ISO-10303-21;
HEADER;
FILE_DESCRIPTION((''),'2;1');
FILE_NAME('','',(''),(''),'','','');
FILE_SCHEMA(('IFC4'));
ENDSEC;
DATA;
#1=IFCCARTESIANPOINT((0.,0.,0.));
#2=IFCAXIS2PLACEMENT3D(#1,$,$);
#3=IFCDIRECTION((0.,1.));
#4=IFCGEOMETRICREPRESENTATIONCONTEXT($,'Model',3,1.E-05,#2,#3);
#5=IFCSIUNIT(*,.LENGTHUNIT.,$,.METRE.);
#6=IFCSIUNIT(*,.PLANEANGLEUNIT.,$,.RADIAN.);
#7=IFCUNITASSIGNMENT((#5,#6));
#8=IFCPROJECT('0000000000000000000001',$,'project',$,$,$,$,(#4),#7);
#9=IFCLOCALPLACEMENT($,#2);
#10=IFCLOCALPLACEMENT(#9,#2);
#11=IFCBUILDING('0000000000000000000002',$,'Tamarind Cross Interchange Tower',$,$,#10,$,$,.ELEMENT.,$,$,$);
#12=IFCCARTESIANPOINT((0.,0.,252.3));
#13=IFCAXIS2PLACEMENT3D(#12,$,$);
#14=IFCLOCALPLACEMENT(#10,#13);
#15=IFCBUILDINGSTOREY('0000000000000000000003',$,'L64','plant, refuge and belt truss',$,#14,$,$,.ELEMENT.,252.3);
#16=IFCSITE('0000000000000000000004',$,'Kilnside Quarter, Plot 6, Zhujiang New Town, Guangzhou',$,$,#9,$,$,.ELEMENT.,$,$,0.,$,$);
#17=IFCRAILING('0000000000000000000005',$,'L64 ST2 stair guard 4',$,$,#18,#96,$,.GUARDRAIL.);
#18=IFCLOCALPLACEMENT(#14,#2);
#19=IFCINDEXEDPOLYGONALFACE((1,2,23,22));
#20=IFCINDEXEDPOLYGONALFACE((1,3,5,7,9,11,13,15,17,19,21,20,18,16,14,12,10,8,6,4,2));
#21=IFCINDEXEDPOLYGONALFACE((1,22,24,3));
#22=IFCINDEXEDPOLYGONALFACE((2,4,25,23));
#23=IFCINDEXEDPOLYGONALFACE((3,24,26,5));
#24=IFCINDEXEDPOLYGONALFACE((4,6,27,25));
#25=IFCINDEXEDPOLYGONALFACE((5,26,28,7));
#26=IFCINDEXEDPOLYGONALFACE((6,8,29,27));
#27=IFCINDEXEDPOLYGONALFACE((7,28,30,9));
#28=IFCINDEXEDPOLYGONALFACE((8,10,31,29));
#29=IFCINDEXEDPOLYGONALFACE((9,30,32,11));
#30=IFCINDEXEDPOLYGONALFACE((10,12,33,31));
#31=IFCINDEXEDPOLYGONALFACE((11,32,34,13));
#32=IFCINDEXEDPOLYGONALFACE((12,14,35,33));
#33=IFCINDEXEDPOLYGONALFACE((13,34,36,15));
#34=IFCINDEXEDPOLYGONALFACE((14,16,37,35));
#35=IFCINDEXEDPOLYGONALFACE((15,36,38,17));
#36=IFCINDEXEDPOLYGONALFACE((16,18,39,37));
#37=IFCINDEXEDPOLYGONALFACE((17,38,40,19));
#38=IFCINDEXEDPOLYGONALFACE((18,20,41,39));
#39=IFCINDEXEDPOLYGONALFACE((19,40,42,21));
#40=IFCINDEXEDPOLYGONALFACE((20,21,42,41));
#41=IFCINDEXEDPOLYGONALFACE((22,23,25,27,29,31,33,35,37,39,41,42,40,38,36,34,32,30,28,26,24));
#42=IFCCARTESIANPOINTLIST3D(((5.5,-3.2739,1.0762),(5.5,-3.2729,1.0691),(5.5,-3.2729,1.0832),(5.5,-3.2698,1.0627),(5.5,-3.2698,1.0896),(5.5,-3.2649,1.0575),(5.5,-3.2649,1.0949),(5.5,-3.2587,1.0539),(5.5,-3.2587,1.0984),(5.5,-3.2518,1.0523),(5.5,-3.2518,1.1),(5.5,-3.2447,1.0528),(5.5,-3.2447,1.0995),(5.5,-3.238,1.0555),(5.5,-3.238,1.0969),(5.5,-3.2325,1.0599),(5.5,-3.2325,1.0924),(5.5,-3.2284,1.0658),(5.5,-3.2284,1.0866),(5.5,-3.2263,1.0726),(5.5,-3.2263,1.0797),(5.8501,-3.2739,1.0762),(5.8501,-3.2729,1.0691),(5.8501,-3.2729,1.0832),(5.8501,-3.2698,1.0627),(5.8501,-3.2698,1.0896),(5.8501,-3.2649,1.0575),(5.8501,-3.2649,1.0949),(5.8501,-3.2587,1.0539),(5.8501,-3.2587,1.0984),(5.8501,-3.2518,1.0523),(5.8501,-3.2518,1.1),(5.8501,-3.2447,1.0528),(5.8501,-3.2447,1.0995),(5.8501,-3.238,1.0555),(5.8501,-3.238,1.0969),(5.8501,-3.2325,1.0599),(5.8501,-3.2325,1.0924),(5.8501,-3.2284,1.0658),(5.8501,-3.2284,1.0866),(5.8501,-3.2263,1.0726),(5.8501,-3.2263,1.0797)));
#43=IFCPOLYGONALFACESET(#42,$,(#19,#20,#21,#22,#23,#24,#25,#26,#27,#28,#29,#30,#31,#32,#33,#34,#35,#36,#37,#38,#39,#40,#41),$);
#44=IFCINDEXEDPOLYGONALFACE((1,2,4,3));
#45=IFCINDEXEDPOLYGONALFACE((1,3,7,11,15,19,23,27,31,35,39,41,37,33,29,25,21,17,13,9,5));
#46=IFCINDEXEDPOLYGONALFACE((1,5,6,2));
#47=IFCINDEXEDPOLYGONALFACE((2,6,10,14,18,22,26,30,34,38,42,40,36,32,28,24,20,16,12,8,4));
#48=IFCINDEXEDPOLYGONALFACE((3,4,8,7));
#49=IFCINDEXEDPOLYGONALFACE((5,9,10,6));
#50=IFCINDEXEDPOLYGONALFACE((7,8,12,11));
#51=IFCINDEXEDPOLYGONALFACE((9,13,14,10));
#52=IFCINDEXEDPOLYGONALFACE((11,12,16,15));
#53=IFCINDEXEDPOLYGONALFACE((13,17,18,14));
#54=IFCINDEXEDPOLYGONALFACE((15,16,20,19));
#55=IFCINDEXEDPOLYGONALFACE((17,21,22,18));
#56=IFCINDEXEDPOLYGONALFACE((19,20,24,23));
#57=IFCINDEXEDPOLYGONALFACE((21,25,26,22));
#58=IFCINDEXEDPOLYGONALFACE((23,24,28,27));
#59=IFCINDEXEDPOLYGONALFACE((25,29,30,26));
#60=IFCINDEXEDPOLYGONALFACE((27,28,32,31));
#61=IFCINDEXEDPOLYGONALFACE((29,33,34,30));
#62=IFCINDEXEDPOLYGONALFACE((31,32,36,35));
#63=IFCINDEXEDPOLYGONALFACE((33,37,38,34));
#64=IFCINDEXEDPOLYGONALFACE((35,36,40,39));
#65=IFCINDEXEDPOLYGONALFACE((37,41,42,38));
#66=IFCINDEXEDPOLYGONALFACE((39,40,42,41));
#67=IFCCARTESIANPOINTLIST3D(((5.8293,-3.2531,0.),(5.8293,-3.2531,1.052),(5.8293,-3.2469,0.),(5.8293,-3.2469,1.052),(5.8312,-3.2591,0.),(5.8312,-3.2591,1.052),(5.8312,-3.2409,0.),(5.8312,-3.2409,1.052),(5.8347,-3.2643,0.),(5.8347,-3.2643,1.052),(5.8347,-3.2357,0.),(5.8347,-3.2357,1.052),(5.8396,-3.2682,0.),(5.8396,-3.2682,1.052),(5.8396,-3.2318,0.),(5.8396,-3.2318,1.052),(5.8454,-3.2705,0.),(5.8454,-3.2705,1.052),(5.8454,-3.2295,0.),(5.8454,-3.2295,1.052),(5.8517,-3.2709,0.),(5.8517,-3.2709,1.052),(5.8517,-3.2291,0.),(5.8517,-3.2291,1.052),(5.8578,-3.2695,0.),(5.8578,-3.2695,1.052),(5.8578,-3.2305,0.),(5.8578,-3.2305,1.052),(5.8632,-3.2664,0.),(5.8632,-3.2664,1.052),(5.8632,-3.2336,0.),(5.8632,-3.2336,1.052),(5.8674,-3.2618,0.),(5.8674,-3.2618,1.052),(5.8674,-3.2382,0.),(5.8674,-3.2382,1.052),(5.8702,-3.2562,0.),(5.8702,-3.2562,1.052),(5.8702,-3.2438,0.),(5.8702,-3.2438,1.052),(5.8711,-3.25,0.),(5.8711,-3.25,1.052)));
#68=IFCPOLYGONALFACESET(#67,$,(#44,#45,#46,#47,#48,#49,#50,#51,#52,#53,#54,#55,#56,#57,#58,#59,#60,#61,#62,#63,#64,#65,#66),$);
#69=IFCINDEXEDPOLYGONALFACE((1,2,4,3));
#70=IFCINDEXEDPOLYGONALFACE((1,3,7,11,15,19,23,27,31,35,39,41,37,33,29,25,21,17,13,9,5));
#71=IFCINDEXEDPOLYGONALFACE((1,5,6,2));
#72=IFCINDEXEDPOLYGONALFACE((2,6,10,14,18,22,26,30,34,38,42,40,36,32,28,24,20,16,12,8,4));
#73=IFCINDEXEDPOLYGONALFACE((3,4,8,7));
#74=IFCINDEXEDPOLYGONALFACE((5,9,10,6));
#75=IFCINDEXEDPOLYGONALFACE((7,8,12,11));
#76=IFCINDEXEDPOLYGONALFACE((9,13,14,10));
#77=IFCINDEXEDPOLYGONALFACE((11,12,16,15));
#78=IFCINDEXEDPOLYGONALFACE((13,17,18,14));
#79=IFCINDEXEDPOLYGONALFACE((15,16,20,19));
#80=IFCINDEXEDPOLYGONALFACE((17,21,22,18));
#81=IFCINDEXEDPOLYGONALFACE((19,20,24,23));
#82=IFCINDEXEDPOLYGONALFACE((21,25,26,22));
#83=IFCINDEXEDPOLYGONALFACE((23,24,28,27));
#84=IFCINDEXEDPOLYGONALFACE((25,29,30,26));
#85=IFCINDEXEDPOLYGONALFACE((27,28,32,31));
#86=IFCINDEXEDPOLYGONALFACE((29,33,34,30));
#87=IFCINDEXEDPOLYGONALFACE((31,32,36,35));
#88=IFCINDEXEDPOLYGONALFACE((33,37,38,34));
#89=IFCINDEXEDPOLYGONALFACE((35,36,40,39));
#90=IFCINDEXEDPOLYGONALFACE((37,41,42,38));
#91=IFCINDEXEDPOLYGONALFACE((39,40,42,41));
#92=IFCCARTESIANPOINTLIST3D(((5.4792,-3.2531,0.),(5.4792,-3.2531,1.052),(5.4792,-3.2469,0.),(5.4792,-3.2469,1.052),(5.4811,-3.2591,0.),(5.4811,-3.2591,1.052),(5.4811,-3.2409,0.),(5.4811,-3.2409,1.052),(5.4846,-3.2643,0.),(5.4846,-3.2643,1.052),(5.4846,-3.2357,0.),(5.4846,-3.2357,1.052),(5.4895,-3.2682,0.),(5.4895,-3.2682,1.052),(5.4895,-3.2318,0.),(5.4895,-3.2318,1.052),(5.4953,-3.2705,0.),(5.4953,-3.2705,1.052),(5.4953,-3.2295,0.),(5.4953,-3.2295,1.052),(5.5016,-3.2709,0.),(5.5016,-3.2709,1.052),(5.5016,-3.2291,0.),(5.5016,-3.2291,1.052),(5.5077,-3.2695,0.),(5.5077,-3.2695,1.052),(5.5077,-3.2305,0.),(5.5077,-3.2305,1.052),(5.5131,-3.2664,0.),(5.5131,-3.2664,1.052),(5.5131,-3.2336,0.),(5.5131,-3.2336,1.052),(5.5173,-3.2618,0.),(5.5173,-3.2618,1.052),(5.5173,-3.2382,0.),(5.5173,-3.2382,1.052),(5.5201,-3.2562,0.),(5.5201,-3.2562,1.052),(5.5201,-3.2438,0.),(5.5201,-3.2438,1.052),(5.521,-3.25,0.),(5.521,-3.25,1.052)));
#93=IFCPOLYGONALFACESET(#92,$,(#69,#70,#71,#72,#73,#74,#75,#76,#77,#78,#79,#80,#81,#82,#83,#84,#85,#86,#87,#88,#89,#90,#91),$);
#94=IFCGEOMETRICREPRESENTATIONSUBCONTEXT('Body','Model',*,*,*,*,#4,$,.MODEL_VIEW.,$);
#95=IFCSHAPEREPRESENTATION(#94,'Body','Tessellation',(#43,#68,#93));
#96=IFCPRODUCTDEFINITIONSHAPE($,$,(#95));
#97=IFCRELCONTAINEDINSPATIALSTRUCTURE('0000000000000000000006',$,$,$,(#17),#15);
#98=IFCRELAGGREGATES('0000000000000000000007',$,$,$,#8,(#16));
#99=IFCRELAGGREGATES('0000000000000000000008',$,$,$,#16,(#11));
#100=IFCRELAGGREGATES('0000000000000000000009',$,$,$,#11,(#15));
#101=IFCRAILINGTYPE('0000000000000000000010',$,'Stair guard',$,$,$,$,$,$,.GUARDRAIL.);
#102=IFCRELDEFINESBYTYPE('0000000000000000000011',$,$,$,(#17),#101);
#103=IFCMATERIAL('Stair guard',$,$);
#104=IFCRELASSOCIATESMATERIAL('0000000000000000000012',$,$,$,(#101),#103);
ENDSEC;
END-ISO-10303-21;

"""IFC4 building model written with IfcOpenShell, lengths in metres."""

from ifc_helpers import new_model, si_unit, direction, frame, origin, origin_2d, place, context, subcontext, project, spatial, circle, extrude, material, type_object, element, save


model = new_model("IFC4")

# Units and contexts
model_context = context("Model", 3, precision=1e-05, world=origin(), true_north=direction((0.0, 1.0)))
body_context = subcontext(model_context, "Body", "Model", "MODEL_VIEW")
ifc_project = project(units=[si_unit("LENGTHUNIT", "METRE"), si_unit("PLANEANGLEUNIT", "RADIAN")], contexts=[model_context])

# Site, building, storey
site_placement = place(None, origin())
site = spatial("IfcSite", under=ifc_project, at=site_placement, Name="Kilnside Quarter, Plot 6, Zhujiang New Town, Guangzhou", CompositionType="ELEMENT", RefElevation=0.0)
building_placement = place(site_placement, origin())
building = spatial("IfcBuilding", under=site, at=building_placement, Name="Tamarind Cross Interchange Tower", CompositionType="ELEMENT")
storey_placement = place(building_placement, frame((0.0, 0.0, 252.3)))
storey = spatial("IfcBuildingStorey", under=building, at=storey_placement, Name="L64", Description="plant, refuge and belt truss", CompositionType="ELEMENT", Elevation=252.3)

# Railing
ifc_material_1 = material(Name="Stair guard")
railing_type_1 = type_object("IfcRailingType", Name="Stair guard", PredefinedType="GUARDRAIL", material=ifc_material_1)
railing_1_placement = place(storey_placement, frame((5.8501, -3.25, 0.0)))
element("IfcRailing", 1, at=railing_1_placement, inside=storey, type_object=railing_type_1, Name="L64 ST2 stair guard 4", PredefinedType="GUARDRAIL", context=body_context, shape_type="SweptSolid", body=[
    extrude(circle(Radius=0.0239, at=origin_2d()), frame((0.0, 0.0, 1.0762), z_axis=(-1.0, 0.0, 0.0), x_axis=(0.0, -1.0, 0.0)), (0.0, 0.0, 1.0), 0.3501),
    extrude(circle(Radius=0.021, at=origin_2d()), origin(), (0.0, 0.0, 1.0), 1.052),
    extrude(circle(Radius=0.021, at=origin_2d()), frame((-0.3501, 0.0, 0.0)), (0.0, 0.0, 1.0), 1.052),
])

save(model, "model.ifc")
